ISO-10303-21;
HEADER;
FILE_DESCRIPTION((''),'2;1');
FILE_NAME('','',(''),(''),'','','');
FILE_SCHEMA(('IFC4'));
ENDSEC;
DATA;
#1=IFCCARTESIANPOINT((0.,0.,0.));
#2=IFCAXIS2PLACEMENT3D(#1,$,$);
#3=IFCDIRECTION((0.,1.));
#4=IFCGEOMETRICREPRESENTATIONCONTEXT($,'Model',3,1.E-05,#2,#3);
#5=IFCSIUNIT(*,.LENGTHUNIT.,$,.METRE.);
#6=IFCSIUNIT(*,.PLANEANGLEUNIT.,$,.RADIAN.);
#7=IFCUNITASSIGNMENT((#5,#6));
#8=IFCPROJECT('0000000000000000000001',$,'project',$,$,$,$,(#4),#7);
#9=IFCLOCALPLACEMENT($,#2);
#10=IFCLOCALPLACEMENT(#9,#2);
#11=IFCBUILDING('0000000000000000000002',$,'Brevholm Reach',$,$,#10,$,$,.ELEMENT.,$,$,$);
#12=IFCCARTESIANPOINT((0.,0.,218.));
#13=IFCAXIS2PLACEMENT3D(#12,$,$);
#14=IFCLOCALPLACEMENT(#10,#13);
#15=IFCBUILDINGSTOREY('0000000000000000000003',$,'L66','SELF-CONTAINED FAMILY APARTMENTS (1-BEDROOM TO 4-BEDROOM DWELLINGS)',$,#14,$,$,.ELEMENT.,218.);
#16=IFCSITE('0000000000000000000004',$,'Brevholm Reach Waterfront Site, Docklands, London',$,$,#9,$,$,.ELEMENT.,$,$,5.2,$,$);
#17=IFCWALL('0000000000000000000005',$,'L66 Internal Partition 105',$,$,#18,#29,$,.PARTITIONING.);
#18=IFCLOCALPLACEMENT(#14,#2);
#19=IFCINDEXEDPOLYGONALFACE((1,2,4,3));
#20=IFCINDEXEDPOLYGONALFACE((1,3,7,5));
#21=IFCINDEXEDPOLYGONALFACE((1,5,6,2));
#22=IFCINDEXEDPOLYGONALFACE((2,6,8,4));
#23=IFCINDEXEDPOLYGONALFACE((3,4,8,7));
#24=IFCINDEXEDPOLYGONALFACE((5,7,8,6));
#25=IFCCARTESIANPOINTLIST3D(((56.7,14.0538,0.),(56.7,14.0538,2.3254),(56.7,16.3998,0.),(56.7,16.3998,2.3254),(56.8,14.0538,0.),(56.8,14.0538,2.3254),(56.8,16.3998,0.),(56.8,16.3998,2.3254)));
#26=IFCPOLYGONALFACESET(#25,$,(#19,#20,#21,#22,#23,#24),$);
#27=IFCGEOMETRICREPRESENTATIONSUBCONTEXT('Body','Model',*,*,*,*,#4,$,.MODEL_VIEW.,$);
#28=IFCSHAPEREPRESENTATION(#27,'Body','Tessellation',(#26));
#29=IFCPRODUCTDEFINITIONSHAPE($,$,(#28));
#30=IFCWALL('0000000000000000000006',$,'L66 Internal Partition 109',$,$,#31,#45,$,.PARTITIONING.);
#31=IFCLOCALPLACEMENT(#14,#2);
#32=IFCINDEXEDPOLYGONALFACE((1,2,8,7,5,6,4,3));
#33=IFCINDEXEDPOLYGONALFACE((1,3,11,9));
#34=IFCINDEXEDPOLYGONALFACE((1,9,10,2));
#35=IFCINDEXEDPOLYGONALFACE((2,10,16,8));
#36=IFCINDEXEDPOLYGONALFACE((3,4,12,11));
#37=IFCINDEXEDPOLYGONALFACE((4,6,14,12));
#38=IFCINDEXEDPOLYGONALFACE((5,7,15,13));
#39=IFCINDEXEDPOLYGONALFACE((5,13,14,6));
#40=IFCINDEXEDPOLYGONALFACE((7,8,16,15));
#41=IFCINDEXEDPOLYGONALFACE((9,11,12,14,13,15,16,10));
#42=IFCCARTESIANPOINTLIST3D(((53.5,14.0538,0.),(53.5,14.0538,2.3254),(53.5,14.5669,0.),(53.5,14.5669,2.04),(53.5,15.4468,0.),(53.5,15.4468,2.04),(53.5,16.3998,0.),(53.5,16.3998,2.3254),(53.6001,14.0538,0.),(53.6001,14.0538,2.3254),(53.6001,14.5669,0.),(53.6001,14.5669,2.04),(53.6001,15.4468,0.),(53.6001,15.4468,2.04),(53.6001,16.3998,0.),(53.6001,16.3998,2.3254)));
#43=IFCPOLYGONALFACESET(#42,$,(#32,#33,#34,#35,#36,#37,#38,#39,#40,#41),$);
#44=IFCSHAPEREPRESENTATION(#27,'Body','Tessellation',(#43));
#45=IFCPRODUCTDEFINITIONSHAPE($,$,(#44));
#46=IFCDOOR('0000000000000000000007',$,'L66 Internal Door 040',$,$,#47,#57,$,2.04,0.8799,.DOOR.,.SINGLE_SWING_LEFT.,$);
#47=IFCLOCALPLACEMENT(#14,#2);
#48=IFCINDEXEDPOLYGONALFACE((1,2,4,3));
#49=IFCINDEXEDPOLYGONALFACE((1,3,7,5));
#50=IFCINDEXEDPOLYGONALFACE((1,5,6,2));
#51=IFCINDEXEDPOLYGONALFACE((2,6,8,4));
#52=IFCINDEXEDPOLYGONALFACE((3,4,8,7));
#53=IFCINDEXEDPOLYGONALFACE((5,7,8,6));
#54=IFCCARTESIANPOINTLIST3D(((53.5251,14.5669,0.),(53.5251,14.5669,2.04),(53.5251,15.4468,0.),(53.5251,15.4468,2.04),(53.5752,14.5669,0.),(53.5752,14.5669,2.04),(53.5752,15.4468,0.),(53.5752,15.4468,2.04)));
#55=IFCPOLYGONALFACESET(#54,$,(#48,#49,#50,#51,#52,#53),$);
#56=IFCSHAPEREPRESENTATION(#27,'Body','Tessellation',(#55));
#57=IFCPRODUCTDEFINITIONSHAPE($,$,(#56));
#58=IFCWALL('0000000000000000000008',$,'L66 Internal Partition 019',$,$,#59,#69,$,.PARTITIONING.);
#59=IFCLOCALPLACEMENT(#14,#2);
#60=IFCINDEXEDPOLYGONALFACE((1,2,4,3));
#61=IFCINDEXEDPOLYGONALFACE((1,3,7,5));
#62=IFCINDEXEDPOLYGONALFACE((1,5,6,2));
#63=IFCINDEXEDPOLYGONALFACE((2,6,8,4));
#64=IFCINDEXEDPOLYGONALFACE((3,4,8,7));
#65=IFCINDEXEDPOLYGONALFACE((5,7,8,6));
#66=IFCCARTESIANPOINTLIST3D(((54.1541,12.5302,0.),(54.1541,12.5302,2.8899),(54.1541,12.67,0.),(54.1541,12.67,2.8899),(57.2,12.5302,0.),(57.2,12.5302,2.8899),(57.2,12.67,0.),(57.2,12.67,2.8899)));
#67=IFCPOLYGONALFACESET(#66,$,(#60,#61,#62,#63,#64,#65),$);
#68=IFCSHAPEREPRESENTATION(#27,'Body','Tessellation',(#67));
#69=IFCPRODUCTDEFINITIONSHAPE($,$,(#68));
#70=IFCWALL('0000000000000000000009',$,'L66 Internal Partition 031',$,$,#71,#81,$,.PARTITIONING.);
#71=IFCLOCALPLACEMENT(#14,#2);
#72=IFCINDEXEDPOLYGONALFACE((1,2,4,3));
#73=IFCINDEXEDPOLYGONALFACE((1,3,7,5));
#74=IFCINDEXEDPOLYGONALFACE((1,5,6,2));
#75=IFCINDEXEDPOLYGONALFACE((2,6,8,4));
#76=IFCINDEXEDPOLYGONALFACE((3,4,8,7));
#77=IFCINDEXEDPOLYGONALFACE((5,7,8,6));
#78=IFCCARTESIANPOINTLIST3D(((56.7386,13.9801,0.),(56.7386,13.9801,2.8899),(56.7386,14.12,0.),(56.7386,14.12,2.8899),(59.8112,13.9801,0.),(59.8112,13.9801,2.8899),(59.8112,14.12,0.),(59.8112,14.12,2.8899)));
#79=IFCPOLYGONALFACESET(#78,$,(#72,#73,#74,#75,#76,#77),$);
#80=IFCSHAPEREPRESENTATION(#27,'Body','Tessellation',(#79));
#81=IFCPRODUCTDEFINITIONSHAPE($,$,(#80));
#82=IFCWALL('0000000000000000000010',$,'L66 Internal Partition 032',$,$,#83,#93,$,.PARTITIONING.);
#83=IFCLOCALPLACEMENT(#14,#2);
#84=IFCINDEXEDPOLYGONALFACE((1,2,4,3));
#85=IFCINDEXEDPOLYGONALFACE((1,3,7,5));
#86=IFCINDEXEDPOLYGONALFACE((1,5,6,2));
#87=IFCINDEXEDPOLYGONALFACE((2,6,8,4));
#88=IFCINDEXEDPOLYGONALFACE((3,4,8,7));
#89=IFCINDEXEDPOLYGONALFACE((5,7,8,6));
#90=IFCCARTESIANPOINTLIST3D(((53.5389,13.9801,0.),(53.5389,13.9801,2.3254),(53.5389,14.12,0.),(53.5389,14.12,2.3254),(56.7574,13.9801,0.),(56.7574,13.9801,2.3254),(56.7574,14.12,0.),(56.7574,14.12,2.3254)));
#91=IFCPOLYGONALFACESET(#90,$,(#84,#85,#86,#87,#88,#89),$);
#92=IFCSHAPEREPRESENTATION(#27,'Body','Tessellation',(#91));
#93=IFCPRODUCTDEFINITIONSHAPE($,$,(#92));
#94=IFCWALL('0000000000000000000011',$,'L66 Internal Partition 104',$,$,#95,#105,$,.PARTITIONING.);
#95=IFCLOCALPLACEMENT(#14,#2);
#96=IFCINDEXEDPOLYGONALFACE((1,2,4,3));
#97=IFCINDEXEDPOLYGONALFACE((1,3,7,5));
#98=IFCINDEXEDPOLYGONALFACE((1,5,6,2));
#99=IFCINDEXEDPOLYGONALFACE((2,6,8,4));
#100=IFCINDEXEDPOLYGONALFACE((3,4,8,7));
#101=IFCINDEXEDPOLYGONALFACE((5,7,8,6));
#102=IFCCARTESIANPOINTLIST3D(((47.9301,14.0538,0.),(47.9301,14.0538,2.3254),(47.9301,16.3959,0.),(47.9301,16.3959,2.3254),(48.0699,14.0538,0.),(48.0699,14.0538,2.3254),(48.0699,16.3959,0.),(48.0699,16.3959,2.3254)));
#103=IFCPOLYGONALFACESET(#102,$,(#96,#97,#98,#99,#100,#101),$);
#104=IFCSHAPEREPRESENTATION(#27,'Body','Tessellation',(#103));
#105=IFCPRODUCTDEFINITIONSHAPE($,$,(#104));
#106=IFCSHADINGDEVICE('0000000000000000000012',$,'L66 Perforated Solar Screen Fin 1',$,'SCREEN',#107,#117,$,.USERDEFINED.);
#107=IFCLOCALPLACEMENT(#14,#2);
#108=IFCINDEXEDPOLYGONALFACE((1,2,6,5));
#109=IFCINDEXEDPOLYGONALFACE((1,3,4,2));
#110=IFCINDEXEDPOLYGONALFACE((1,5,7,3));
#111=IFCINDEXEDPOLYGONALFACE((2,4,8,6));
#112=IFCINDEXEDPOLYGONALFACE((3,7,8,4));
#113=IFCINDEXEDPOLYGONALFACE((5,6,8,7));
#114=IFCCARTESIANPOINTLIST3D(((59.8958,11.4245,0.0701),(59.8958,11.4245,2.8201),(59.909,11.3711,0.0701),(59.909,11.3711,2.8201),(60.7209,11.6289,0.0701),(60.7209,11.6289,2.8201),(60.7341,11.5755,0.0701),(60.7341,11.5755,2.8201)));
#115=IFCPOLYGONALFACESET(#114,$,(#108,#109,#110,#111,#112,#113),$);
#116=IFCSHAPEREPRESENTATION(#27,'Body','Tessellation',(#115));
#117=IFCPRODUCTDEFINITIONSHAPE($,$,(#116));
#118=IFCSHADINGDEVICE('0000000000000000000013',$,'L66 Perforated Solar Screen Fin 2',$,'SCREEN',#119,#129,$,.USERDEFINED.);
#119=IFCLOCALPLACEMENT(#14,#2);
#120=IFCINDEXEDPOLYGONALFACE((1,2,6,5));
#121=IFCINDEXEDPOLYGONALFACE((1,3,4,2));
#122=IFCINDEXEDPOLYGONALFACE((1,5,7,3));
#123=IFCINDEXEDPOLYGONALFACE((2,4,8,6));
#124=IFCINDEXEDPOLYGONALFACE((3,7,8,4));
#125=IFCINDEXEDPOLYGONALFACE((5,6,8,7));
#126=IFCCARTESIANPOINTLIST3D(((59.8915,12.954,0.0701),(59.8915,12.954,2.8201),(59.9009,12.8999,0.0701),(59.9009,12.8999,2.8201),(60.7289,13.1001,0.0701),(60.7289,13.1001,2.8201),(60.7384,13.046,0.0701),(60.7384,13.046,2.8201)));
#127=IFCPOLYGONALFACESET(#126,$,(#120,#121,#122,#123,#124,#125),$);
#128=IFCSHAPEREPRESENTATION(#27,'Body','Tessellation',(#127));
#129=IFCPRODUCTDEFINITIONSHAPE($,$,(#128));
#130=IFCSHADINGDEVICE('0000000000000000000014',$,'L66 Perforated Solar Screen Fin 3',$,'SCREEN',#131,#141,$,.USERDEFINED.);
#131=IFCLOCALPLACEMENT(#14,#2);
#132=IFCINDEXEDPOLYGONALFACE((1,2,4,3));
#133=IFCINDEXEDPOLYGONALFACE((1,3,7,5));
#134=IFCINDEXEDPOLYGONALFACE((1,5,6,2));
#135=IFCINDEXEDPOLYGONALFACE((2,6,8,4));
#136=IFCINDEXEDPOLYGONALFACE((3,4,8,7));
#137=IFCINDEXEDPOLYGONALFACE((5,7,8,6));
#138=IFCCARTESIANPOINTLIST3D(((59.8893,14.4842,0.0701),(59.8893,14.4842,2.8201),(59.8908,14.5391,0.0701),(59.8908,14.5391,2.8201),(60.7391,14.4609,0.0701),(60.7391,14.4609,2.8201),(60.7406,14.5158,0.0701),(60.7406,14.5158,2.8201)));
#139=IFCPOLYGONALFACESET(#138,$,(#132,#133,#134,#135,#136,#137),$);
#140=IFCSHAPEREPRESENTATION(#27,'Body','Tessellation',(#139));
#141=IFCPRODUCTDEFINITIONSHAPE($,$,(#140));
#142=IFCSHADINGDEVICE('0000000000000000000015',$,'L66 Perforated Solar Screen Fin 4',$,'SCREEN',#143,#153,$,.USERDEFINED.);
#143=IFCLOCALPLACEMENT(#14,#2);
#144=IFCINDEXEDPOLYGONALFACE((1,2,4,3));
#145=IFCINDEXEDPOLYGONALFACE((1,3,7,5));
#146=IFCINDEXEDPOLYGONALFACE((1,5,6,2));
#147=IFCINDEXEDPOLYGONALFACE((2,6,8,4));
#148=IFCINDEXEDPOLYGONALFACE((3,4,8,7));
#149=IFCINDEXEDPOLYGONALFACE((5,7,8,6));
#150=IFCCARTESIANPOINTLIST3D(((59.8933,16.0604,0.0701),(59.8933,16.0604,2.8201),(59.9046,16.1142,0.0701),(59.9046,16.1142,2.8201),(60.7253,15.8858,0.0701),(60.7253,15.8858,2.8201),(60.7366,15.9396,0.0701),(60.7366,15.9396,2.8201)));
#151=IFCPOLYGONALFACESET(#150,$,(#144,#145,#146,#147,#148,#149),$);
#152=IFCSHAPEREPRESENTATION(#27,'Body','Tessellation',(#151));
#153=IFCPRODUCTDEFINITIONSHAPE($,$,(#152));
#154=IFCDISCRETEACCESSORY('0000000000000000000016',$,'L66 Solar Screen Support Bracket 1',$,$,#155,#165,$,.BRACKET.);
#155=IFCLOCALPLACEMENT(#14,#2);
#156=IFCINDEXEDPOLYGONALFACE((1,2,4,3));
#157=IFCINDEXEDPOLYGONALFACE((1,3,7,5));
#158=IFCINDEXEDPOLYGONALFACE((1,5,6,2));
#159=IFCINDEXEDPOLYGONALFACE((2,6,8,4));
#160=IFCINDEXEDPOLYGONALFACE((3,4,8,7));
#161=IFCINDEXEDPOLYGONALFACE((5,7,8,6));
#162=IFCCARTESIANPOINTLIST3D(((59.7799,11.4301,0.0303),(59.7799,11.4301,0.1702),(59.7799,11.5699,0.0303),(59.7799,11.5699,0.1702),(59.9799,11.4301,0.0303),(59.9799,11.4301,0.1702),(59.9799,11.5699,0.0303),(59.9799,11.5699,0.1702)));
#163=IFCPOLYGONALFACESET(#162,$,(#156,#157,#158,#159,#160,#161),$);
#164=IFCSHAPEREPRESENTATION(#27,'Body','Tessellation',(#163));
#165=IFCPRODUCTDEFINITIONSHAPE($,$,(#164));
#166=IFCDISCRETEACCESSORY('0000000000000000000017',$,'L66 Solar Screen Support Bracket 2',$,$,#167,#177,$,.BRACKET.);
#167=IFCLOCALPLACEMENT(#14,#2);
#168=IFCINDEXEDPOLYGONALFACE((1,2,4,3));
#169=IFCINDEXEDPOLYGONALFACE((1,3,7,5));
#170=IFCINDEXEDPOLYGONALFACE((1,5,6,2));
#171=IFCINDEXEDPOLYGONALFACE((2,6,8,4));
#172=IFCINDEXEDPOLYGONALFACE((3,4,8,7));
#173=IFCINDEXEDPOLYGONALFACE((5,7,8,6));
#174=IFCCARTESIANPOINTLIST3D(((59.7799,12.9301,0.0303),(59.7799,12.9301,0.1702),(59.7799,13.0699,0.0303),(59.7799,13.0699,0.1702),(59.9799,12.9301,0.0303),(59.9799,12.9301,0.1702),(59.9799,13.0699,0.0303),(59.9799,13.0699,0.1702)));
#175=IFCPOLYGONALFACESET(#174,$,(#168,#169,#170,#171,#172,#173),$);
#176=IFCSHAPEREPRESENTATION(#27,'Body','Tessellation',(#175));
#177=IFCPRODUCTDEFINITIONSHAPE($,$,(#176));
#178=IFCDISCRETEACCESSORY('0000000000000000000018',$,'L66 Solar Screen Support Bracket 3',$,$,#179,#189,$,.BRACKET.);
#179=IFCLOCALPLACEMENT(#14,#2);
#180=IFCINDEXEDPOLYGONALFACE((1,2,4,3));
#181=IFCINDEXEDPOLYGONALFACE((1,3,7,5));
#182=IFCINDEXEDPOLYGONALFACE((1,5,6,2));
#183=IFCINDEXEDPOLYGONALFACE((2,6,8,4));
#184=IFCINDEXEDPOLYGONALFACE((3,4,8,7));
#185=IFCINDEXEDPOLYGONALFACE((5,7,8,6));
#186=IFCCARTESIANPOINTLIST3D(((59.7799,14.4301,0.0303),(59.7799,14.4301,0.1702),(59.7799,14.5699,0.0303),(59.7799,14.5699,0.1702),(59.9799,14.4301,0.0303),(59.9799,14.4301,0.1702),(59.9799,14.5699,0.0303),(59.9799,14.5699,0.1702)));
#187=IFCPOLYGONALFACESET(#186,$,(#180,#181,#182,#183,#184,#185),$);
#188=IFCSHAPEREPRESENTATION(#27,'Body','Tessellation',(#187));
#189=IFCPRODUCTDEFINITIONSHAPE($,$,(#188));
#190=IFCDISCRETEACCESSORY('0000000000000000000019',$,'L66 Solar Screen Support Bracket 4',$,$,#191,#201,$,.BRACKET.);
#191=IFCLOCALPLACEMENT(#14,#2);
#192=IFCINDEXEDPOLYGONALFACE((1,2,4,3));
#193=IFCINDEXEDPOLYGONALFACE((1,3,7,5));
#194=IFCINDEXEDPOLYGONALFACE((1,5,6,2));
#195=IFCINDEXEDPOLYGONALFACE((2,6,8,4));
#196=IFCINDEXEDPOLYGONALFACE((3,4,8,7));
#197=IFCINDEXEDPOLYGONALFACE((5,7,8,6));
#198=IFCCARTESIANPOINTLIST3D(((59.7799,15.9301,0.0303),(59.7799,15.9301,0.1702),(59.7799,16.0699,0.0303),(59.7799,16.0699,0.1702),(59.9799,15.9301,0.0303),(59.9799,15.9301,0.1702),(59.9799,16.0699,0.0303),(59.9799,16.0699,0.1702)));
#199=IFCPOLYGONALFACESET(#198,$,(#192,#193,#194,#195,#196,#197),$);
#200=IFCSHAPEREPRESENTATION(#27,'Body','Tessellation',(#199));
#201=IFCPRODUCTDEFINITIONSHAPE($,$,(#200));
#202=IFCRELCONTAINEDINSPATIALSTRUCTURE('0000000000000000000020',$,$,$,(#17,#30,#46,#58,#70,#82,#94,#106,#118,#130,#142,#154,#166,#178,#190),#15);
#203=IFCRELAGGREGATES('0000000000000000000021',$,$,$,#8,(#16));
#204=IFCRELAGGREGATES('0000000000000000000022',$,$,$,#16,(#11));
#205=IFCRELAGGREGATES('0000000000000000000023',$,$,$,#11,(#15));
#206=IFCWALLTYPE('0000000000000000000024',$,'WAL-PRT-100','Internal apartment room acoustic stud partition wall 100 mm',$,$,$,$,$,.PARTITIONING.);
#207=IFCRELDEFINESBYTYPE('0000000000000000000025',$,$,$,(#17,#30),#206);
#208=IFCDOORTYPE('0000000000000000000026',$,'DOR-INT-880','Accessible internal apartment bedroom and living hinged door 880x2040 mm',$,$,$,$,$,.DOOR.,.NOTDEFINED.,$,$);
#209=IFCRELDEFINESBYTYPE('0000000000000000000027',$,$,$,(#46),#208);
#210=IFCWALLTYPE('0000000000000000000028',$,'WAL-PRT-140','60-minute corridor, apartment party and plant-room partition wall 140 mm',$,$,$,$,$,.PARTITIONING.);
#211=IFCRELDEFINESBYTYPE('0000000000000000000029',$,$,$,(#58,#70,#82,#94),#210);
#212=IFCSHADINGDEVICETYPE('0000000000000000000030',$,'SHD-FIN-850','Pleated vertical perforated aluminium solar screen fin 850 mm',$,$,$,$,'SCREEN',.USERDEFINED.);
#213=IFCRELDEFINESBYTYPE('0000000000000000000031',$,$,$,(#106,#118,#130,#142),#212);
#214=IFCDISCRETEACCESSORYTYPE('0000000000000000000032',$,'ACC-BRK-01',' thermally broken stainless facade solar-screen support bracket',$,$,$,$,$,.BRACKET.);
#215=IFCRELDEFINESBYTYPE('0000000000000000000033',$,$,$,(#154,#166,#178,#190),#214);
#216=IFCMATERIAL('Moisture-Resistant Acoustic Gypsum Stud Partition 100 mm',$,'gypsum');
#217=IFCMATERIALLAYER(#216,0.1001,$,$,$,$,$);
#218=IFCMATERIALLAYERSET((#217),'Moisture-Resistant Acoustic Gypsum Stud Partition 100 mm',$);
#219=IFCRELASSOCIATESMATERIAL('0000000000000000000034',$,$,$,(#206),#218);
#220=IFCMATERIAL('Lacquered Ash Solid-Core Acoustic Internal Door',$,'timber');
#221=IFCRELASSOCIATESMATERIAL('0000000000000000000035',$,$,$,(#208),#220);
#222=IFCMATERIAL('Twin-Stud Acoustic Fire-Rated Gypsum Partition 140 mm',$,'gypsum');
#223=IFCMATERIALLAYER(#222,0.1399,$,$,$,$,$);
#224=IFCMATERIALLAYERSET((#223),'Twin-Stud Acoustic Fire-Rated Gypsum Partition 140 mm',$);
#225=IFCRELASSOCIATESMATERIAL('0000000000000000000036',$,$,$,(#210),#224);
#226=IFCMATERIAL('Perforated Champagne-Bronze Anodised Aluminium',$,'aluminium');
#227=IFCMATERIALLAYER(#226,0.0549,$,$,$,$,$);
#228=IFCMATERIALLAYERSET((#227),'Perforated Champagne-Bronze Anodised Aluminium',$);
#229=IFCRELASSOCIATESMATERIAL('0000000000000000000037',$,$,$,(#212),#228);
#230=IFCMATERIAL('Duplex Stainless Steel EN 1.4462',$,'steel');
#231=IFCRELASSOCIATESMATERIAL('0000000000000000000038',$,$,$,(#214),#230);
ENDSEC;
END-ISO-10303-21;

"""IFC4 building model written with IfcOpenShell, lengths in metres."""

from ifc_helpers import new_model, si_unit, direction, frame, frame_2d, origin, origin_2d, place, context, subcontext, project, spatial, rectangle, extrude, material, layer, layer_set, type_object, element, fill, save


model = new_model("IFC4")

# Units and contexts
model_context = context("Model", 3, precision=1e-05, world=origin(), true_north=direction((0.0, 1.0)))
body_context = subcontext(model_context, "Body", "Model", "MODEL_VIEW")
ifc_project = project(units=[si_unit("LENGTHUNIT", "METRE"), si_unit("PLANEANGLEUNIT", "RADIAN")], contexts=[model_context])

# Site, building, storey
site_placement = place(None, origin())
site = spatial("IfcSite", under=ifc_project, at=site_placement, Name="Brevholm Reach Waterfront Site, Docklands, London", CompositionType="ELEMENT", RefElevation=5.2)
building_placement = place(site_placement, origin())
building = spatial("IfcBuilding", under=site, at=building_placement, Name="Brevholm Reach", CompositionType="ELEMENT")
storey_placement = place(building_placement, frame((0.0, 0.0, 218.0)))
storey = spatial("IfcBuildingStorey", under=building, at=storey_placement, Name="L66", Description="SELF-CONTAINED FAMILY APARTMENTS (1-BEDROOM TO 4-BEDROOM DWELLINGS)", CompositionType="ELEMENT", Elevation=218.0)

# Wall
ifc_material_1 = material(Name="Moisture-Resistant Acoustic Gypsum Stud Partition 100 mm", Category="gypsum")
ifc_layer_1 = layer(ifc_material_1, 0.1001)
ifc_layer_set_1 = layer_set([ifc_layer_1], Name="Moisture-Resistant Acoustic Gypsum Stud Partition 100 mm")
wall_type_1 = type_object("IfcWallType", Name="WAL-PRT-100", Description="Internal apartment room acoustic stud partition wall 100 mm", PredefinedType="PARTITIONING", material=ifc_layer_set_1)
wall_1_placement = place(storey_placement, frame((56.75, 14.054, 0.0), z_axis=(0.0, 0.0, 1.0), x_axis=(0.0, 1.0, 0.0)))
element("IfcWall", 1, at=wall_1_placement, inside=storey, type_object=wall_type_1, Name="L66 Internal Partition 105", PredefinedType="PARTITIONING", context=body_context, shape_type="SweptSolid", body=[
    extrude(rectangle(XDim=2.3459, YDim=0.1001, at=frame_2d((1.1729, 0.0))), origin(), (0.0, 0.0, 1.0), 2.3254),
])

# Wall, opening, door
wall_2_placement = place(storey_placement, frame((53.55, 14.054, 0.0), z_axis=(0.0, 0.0, 1.0), x_axis=(0.0, 1.0, 0.0)))
wall_2 = element("IfcWall", 2, at=wall_2_placement, inside=storey, type_object=wall_type_1, Name="L66 Internal Partition 109", PredefinedType="PARTITIONING", context=body_context, shape_type="SweptSolid", body=[
    extrude(rectangle(XDim=2.3459, YDim=0.1001, at=frame_2d((1.1729, 0.0))), origin(), (0.0, 0.0, 1.0), 2.3254),
])
opening_placement = place(wall_2_placement, frame((0.5129, 0.0, 0.0)))
opening = element("IfcOpeningElement", 3, at=opening_placement, cuts=wall_2, PredefinedType="OPENING", context=body_context, shape_type="SweptSolid", body=[
    extrude(rectangle(XDim=0.8799, YDim=2.04, at=frame_2d((0.4399, 1.02))), frame((0.0, 0.0601, 0.0), z_axis=(0.0, -1.0, 0.0), x_axis=(1.0, 0.0, 0.0)), (0.0, 0.0, 1.0), 0.1201),
])
ifc_material_2 = material(Name="Lacquered Ash Solid-Core Acoustic Internal Door", Category="timber")
door_type = type_object("IfcDoorType", Name="DOR-INT-880", Description="Accessible internal apartment bedroom and living hinged door 880x2040 mm", OperationType="NOTDEFINED", PredefinedType="DOOR", material=ifc_material_2)
door_placement = place(opening_placement, origin())
door = element("IfcDoor", 4, at=door_placement, inside=storey, type_object=door_type, Name="L66 Internal Door 040", OperationType="SINGLE_SWING_LEFT", OverallHeight=2.04, OverallWidth=0.8799, PredefinedType="DOOR", context=body_context, shape_type="SweptSolid", body=[
    extrude(rectangle(XDim=0.8799, YDim=2.04, at=frame_2d((0.4399, 1.02))), frame((0.0, 0.0249, 0.0), z_axis=(0.0, -1.0, 0.0), x_axis=(1.0, 0.0, 0.0)), (0.0, 0.0, 1.0), 0.05),
])
fill(opening, door)

# Walls
ifc_material_3 = material(Name="Twin-Stud Acoustic Fire-Rated Gypsum Partition 140 mm", Category="gypsum")
ifc_layer_2 = layer(ifc_material_3, 0.1399)
ifc_layer_set_2 = layer_set([ifc_layer_2], Name="Twin-Stud Acoustic Fire-Rated Gypsum Partition 140 mm")
wall_type_2 = type_object("IfcWallType", Name="WAL-PRT-140", Description="60-minute corridor, apartment party and plant-room partition wall 140 mm", PredefinedType="PARTITIONING", material=ifc_layer_set_2)
wall_3_placement = place(storey_placement, frame((54.1541, 12.6001, 0.0), z_axis=(0.0, 0.0, 1.0), x_axis=(1.0, 0.0, 0.0)))
element("IfcWall", 5, at=wall_3_placement, inside=storey, type_object=wall_type_2, Name="L66 Internal Partition 019", PredefinedType="PARTITIONING", context=body_context, shape_type="SweptSolid", body=[
    extrude(rectangle(XDim=3.0459, YDim=0.1399, at=frame_2d((1.5229, 0.0))), origin(), (0.0, 0.0, 1.0), 2.8899),
])
wall_4_placement = place(storey_placement, frame((56.7388, 14.05, 0.0), z_axis=(0.0, 0.0, 1.0), x_axis=(1.0, 0.0, 0.0)))
element("IfcWall", 6, at=wall_4_placement, inside=storey, type_object=wall_type_2, Name="L66 Internal Partition 031", PredefinedType="PARTITIONING", context=body_context, shape_type="SweptSolid", body=[
    extrude(rectangle(XDim=3.0725, YDim=0.1399, at=frame_2d((1.5361, 0.0))), origin(), (0.0, 0.0, 1.0), 2.8899),
])
wall_5_placement = place(storey_placement, frame((53.5388, 14.05, 0.0), z_axis=(0.0, 0.0, 1.0), x_axis=(1.0, 0.0, 0.0)))
element("IfcWall", 7, at=wall_5_placement, inside=storey, type_object=wall_type_2, Name="L66 Internal Partition 032", PredefinedType="PARTITIONING", context=body_context, shape_type="SweptSolid", body=[
    extrude(rectangle(XDim=3.2185, YDim=0.1399, at=frame_2d((1.6094, 0.0))), origin(), (0.0, 0.0, 1.0), 2.3254),
])
wall_6_placement = place(storey_placement, frame((48.0, 14.054, 0.0), z_axis=(0.0, 0.0, 1.0), x_axis=(0.0, 1.0, 0.0)))
element("IfcWall", 8, at=wall_6_placement, inside=storey, type_object=wall_type_2, Name="L66 Internal Partition 104", PredefinedType="PARTITIONING", context=body_context, shape_type="SweptSolid", body=[
    extrude(rectangle(XDim=2.342, YDim=0.1399, at=frame_2d((1.1709, 0.0))), origin(), (0.0, 0.0, 1.0), 2.3254),
])

# Shading devices
ifc_material_4 = material(Name="Perforated Champagne-Bronze Anodised Aluminium", Category="aluminium")
ifc_layer_3 = layer(ifc_material_4, 0.0549)
ifc_layer_set_3 = layer_set([ifc_layer_3], Name="Perforated Champagne-Bronze Anodised Aluminium")
shading_device_type = type_object("IfcShadingDeviceType", Name="SHD-FIN-850", Description="Pleated vertical perforated aluminium solar screen fin 850 mm", ElementType="SCREEN", PredefinedType="USERDEFINED", material=ifc_layer_set_3)
for number, where, z_axis, x_axis, name in (
    (9, (60.3149, 11.5, 0.0701), (0.0, 0.0, 1.0), (0.970666, 0.240431, 0.0), "L66 Perforated Solar Screen Fin 1"),
    (10, (60.3149, 13.0, 0.0701), (0.0, 0.0, 1.0), (0.985118, 0.171878, 0.0), "L66 Perforated Solar Screen Fin 2"),
    (11, (60.3149, 14.5, 0.0701), (0.0, 0.0, 1.0), (0.999624, -0.027416, 0.0), "L66 Perforated Solar Screen Fin 3"),
    (12, (60.3149, 16.0, 0.0701), (0.0, 0.0, 1.0), (0.978667, -0.205453, 0.0), "L66 Perforated Solar Screen Fin 4"),
):
    element("IfcShadingDevice", number, at=place(storey_placement, frame(where, z_axis=z_axis, x_axis=x_axis)), inside=storey, type_object=shading_device_type, Name=name, ObjectType="SCREEN", PredefinedType="USERDEFINED", context=body_context, shape_type="SweptSolid", body=[
        extrude(rectangle(XDim=0.8501, YDim=0.0549, at=origin_2d()), origin(), (0.0, 0.0, 1.0), 2.75),
    ])

# Discrete accessories
ifc_material_5 = material(Name="Duplex Stainless Steel EN 1.4462", Category="steel")
discrete_accessory_type = type_object("IfcDiscreteAccessoryType", Name="ACC-BRK-01", Description=" thermally broken stainless facade solar-screen support bracket", PredefinedType="BRACKET", material=ifc_material_5)
for number, where, z_axis, x_axis, name in (
    (13, (59.8799, 11.5, 0.0303), (0.0, 0.0, 1.0), (1.0, 0.0, 0.0), "L66 Solar Screen Support Bracket 1"),
    (14, (59.8799, 13.0, 0.0303), (0.0, 0.0, 1.0), (1.0, 0.0, 0.0), "L66 Solar Screen Support Bracket 2"),
    (15, (59.8799, 14.5, 0.0303), (0.0, 0.0, 1.0), (1.0, 0.0, 0.0), "L66 Solar Screen Support Bracket 3"),
    (16, (59.8799, 16.0, 0.0303), (0.0, 0.0, 1.0), (1.0, 0.0, 0.0), "L66 Solar Screen Support Bracket 4"),
):
    element("IfcDiscreteAccessory", number, at=place(storey_placement, frame(where, z_axis=z_axis, x_axis=x_axis)), inside=storey, type_object=discrete_accessory_type, Name=name, PredefinedType="BRACKET", context=body_context, shape_type="SweptSolid", body=[
        extrude(rectangle(XDim=0.2, YDim=0.1399, at=origin_2d()), origin(), (0.0, 0.0, 1.0), 0.1399),
    ])

save(model, "model.ifc")
